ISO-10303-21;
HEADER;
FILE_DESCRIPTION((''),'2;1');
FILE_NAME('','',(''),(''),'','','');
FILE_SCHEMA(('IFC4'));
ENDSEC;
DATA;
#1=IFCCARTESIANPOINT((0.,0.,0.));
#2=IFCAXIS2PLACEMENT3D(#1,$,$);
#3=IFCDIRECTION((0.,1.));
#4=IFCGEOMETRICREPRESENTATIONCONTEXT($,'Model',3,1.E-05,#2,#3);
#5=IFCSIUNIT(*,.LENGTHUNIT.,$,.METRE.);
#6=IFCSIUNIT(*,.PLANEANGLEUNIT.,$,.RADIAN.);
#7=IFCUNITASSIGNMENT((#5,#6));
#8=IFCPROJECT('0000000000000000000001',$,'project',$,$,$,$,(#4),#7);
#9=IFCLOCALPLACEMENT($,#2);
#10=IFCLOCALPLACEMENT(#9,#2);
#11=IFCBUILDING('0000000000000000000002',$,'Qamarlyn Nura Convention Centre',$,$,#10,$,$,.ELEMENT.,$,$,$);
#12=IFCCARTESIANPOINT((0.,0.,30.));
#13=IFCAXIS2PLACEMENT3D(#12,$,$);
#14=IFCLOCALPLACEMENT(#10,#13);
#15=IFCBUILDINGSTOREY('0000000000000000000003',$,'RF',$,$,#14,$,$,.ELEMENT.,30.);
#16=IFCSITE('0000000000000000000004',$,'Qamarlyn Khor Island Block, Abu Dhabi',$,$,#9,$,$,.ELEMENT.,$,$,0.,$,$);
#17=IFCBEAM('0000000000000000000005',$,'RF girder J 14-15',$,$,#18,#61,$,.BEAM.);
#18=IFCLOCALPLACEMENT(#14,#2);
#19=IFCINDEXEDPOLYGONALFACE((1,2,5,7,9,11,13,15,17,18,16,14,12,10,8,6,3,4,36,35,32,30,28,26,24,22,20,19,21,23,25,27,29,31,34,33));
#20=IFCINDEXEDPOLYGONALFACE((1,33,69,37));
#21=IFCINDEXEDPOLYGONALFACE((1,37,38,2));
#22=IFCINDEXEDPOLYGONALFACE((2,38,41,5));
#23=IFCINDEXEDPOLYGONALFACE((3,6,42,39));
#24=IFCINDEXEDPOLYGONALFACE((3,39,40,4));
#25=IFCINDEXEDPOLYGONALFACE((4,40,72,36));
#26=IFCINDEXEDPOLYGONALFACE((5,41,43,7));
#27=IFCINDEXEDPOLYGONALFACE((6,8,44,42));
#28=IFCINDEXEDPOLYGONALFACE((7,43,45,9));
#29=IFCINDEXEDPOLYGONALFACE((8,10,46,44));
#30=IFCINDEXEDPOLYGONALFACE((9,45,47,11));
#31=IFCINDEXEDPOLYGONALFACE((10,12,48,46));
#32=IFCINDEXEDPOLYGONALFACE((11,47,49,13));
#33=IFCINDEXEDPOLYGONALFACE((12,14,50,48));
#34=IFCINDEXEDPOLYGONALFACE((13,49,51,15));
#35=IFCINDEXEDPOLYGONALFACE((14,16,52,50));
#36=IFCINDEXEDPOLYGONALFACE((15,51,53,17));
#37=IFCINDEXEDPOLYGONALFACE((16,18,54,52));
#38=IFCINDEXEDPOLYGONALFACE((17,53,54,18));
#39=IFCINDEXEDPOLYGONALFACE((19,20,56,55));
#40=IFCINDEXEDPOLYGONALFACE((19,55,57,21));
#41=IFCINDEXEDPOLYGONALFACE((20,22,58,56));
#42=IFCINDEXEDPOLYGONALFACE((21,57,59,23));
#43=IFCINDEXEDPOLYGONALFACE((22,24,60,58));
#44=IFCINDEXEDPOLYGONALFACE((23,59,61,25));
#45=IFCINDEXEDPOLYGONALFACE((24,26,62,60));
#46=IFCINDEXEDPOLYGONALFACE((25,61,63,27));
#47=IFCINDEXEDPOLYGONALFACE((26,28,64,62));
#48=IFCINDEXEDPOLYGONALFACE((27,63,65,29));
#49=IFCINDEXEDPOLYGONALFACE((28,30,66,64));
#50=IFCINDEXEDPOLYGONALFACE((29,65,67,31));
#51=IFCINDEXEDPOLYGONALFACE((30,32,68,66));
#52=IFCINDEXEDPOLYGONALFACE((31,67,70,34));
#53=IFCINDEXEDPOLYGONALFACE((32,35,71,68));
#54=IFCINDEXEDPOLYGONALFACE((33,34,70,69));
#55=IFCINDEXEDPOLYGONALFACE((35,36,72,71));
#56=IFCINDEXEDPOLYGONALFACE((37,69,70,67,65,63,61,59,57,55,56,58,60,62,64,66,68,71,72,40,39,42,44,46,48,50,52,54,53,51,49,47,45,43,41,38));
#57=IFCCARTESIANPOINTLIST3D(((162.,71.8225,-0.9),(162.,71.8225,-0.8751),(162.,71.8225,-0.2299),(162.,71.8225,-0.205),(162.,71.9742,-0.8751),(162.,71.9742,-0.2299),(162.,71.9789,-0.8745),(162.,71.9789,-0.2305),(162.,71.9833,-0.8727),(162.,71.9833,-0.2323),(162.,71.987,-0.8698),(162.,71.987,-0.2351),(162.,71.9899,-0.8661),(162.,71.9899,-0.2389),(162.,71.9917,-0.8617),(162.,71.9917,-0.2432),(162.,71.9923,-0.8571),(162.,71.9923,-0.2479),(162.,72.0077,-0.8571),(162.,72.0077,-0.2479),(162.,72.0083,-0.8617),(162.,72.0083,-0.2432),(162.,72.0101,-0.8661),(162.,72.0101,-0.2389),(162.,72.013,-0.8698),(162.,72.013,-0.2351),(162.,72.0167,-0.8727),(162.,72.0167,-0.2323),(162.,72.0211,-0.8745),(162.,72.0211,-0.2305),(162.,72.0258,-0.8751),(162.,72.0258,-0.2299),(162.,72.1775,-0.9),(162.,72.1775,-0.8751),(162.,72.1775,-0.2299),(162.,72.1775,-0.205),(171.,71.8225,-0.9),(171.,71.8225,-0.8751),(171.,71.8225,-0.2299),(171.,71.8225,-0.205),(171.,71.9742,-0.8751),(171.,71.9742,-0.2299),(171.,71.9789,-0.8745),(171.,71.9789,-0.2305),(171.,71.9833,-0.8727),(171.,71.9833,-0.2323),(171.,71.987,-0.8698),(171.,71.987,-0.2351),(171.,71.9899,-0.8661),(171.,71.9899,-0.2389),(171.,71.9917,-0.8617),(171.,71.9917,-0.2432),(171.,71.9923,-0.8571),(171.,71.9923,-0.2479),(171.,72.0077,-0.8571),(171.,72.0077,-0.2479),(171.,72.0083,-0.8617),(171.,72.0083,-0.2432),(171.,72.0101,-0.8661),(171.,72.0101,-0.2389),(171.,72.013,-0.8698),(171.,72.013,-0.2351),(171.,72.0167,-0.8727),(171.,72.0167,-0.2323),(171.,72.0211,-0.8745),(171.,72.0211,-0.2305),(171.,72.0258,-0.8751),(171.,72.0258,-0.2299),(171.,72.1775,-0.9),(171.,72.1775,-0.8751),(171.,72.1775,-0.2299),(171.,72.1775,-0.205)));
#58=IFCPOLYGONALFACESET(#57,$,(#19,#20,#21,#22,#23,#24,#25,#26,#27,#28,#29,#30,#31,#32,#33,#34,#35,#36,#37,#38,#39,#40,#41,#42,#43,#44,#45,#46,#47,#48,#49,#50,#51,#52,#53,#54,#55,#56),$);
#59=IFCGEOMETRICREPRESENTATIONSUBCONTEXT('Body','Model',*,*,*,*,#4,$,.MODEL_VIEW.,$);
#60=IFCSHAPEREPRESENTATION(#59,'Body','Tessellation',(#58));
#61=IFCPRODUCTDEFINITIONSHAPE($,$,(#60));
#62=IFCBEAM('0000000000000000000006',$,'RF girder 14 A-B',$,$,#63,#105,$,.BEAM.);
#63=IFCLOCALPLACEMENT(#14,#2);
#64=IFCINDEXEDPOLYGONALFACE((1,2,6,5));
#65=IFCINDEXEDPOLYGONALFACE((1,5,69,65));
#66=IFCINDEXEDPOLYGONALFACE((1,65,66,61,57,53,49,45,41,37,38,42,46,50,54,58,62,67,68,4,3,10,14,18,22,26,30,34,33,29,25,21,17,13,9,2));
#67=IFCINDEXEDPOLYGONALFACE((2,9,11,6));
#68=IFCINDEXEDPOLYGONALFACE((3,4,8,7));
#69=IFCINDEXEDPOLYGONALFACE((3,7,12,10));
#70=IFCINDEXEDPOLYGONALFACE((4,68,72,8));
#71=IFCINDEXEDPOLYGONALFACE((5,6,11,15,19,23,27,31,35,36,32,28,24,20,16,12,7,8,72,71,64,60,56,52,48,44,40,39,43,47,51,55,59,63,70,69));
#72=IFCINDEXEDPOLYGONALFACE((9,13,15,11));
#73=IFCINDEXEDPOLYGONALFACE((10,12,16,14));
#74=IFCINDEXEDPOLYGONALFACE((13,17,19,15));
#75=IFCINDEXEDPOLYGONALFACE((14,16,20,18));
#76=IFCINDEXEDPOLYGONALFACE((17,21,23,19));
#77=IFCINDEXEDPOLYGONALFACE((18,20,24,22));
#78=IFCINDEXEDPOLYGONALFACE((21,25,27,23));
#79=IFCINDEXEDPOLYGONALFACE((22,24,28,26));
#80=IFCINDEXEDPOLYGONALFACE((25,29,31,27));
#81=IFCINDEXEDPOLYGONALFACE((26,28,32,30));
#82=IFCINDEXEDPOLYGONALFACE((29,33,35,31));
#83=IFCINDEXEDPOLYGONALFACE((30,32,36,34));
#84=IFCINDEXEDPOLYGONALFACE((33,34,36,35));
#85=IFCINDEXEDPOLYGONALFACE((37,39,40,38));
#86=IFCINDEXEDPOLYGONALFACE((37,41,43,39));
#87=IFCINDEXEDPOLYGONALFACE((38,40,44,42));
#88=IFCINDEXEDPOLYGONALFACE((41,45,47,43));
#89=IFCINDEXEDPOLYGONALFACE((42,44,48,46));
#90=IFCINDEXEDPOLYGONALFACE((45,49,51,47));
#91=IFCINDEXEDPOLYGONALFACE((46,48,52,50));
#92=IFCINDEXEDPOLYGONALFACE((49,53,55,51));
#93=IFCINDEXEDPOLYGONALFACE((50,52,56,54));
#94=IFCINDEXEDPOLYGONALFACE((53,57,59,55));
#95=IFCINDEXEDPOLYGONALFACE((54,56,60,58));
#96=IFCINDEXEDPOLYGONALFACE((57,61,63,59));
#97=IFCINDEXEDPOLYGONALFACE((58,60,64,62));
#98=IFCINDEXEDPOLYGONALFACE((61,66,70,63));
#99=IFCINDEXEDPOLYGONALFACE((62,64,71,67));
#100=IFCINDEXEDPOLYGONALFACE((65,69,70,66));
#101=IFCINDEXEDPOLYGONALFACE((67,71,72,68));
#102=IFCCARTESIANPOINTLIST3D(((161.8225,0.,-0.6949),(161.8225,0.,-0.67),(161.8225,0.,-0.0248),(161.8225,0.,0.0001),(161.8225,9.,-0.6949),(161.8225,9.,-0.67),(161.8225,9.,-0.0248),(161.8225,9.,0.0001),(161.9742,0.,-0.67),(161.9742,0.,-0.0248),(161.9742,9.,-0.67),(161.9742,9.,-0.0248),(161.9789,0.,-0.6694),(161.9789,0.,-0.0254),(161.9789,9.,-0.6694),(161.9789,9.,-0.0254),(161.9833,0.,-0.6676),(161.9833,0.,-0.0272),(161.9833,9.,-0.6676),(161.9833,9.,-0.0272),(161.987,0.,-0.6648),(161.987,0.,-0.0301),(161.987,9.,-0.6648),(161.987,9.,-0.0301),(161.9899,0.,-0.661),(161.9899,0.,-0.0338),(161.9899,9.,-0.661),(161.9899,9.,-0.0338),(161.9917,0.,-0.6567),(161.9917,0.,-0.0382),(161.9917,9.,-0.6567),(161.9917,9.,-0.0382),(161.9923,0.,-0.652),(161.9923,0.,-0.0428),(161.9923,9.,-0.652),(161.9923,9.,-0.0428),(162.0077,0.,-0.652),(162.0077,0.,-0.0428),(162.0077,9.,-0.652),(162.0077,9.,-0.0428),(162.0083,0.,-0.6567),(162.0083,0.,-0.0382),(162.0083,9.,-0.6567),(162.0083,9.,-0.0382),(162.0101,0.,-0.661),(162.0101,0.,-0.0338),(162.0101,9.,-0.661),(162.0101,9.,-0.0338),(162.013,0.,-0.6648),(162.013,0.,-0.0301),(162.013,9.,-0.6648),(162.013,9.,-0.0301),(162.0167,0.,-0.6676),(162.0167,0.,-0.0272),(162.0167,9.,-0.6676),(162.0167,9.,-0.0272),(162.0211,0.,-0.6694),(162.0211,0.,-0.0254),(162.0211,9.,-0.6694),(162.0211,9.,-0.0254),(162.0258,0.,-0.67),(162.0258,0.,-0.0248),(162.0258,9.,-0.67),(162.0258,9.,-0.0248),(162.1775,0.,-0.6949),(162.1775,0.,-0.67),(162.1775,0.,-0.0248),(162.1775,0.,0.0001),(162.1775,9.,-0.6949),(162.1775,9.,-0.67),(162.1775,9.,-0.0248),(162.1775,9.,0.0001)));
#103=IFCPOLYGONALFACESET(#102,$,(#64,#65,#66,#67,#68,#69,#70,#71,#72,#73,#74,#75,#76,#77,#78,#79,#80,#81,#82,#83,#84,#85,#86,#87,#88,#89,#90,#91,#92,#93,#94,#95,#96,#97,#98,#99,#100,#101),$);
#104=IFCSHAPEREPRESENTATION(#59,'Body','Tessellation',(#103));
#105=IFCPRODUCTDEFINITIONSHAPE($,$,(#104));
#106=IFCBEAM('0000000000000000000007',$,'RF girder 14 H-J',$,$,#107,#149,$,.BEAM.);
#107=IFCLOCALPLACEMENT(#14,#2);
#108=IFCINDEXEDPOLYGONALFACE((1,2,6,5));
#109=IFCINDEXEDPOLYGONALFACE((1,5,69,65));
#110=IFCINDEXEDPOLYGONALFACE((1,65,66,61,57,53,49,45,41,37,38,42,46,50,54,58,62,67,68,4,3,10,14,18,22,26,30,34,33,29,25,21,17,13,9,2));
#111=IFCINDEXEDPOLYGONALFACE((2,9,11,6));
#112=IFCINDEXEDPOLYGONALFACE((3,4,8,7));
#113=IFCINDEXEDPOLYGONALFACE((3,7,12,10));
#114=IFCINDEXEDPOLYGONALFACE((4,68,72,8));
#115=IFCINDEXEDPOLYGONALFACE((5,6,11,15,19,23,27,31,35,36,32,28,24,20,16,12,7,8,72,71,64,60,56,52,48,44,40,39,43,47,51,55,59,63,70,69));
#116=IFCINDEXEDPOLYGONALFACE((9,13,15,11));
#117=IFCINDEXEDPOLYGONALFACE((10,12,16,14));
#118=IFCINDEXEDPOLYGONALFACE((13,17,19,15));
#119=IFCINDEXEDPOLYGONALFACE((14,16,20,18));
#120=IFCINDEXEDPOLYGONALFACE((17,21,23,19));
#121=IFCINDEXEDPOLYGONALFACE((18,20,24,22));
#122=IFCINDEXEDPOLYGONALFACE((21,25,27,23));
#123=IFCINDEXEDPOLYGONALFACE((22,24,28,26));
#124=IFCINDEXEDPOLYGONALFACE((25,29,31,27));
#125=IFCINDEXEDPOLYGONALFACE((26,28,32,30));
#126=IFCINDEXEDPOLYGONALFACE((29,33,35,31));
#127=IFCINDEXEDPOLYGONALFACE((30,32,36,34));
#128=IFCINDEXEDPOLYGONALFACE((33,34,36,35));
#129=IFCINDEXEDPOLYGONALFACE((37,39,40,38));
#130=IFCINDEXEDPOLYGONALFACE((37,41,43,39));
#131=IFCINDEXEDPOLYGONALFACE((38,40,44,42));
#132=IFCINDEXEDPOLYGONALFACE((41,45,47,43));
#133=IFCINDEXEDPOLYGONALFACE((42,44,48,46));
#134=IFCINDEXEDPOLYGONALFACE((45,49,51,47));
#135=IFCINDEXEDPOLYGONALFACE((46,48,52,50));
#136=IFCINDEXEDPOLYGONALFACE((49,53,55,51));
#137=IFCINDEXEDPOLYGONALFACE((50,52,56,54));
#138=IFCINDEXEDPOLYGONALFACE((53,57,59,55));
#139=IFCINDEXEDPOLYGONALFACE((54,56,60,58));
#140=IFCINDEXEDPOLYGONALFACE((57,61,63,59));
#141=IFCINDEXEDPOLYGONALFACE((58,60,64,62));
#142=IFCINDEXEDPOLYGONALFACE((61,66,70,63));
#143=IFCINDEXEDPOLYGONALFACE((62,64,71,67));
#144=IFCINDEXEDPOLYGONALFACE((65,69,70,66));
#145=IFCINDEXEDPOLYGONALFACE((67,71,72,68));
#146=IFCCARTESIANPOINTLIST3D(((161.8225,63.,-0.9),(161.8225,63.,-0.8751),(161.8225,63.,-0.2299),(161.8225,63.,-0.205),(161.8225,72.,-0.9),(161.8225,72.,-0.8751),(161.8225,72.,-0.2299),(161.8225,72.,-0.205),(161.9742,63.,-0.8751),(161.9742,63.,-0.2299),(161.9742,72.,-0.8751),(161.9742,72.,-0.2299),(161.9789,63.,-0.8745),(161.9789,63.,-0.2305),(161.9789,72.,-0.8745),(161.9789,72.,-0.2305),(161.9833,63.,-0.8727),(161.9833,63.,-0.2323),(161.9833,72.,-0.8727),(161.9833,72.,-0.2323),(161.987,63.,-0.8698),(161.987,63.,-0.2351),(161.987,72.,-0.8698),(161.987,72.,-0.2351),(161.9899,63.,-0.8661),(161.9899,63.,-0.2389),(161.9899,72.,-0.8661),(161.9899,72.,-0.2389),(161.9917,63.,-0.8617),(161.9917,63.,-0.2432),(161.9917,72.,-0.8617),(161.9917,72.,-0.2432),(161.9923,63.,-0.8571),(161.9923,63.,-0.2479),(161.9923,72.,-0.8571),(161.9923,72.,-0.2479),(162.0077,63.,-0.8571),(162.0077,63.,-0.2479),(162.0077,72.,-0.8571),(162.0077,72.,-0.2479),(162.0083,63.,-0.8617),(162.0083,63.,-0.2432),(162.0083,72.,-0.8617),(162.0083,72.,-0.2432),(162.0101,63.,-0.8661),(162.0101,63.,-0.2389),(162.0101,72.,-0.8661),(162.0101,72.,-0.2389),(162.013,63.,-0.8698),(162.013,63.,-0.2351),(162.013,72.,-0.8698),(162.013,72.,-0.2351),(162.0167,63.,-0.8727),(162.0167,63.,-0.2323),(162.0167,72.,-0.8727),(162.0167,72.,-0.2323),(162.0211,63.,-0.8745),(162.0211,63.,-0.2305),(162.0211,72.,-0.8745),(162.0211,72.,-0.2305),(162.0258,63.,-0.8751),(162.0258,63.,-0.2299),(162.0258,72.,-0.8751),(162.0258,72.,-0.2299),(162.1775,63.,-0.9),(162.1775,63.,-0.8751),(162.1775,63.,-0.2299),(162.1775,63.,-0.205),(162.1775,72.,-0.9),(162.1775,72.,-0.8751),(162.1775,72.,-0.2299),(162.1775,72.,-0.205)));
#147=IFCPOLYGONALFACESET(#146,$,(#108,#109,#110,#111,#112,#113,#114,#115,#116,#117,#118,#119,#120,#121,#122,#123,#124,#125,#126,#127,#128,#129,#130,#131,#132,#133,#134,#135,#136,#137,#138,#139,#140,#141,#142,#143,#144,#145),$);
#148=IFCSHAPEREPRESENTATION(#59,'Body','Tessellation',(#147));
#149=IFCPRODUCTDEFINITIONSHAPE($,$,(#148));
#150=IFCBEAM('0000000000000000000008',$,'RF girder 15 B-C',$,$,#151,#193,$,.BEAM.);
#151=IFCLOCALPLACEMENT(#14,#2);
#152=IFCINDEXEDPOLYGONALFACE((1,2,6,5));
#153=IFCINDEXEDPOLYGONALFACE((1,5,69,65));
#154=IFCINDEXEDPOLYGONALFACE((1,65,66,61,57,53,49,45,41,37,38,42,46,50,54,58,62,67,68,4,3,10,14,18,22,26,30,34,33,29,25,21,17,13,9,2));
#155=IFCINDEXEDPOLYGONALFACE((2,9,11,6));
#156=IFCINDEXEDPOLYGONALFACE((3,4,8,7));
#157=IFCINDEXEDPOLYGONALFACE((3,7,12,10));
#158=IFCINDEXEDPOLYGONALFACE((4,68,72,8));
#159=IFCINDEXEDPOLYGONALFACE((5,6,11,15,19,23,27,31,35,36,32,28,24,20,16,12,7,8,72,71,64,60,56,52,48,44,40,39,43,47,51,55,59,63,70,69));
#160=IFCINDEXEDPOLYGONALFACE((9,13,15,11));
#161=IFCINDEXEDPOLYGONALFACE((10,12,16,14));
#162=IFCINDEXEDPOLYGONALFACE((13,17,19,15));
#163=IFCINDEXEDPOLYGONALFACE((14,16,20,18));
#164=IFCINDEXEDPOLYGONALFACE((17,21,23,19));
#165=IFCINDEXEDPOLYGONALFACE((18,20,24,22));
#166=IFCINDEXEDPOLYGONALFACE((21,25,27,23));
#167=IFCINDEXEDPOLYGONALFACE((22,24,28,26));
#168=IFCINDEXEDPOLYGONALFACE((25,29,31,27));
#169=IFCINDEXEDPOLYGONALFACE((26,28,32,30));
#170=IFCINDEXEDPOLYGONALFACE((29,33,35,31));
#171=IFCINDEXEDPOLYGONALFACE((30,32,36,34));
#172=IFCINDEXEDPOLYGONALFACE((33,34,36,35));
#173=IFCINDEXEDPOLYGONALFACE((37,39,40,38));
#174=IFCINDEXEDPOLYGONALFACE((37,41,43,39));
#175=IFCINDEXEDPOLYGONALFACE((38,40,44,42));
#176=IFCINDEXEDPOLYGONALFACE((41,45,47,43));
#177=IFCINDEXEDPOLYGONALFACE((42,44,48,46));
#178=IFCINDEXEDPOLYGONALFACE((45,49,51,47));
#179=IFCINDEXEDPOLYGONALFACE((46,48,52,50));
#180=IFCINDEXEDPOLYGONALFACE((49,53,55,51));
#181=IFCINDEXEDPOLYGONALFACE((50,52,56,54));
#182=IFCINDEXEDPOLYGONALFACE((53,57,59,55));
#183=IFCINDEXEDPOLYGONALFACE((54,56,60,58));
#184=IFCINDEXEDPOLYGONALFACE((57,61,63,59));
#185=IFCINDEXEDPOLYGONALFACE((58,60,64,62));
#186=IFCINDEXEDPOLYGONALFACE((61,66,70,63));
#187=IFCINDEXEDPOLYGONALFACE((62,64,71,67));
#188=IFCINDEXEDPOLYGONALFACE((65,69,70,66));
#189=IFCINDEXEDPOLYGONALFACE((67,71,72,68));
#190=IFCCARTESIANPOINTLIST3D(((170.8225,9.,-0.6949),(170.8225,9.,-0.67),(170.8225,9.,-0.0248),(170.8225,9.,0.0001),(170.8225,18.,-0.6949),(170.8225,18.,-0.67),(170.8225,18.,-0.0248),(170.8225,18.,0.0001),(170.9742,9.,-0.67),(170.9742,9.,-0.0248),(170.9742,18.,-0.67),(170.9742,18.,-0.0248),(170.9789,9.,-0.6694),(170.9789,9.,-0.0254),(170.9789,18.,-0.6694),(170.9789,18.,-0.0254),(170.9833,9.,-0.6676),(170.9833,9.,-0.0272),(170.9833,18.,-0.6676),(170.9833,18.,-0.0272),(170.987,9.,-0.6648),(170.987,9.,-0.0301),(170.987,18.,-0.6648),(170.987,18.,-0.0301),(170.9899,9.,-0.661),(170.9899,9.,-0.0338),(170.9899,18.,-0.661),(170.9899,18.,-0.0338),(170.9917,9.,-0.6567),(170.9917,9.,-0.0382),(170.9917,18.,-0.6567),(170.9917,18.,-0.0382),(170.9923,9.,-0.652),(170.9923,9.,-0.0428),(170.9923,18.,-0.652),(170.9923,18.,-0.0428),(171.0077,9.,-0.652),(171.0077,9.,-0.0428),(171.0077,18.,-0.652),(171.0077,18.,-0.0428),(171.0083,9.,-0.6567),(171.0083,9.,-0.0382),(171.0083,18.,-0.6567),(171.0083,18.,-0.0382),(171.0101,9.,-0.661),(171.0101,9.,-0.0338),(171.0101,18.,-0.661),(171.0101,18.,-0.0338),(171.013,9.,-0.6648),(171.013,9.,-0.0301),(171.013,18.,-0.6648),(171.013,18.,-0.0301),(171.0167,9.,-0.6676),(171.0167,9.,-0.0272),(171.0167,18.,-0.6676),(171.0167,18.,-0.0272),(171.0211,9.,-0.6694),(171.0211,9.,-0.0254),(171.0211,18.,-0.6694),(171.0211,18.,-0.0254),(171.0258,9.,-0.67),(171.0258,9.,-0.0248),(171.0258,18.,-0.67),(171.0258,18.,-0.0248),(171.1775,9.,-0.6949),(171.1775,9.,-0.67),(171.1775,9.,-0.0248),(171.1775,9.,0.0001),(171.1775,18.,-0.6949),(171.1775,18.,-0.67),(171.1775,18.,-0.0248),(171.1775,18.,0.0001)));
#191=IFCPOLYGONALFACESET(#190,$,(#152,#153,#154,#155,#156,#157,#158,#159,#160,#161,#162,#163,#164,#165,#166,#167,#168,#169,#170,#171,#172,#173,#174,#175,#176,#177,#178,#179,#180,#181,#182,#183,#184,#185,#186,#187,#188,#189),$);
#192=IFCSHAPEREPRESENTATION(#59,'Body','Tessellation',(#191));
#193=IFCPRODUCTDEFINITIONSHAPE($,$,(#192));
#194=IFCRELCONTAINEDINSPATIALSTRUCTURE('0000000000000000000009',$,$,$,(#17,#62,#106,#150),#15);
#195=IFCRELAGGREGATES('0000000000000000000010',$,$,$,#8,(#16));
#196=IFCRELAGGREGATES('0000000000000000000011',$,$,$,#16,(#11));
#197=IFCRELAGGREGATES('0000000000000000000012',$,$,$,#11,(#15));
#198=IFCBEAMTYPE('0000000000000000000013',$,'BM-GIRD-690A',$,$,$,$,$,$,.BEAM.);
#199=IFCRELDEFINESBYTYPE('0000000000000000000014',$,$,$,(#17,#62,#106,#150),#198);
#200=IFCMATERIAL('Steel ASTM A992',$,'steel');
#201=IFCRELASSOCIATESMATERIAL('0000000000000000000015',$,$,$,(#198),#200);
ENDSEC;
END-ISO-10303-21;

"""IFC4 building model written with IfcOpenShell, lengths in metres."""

from ifc_helpers import new_model, si_unit, direction, frame, origin, origin_2d, place, context, subcontext, project, spatial, i_section, extrude, material, material_profile, profile_set, type_object, element, save


model = new_model("IFC4")

# Units and contexts
model_context = context("Model", 3, precision=1e-05, world=origin(), true_north=direction((0.0, 1.0)))
body_context = subcontext(model_context, "Body", "Model", "MODEL_VIEW")
ifc_project = project(units=[si_unit("LENGTHUNIT", "METRE"), si_unit("PLANEANGLEUNIT", "RADIAN")], contexts=[model_context])

# Site, building, storey
site_placement = place(None, origin())
site = spatial("IfcSite", under=ifc_project, at=site_placement, Name="Qamarlyn Khor Island Block, Abu Dhabi", CompositionType="ELEMENT", RefElevation=0.0)
building_placement = place(site_placement, origin())
building = spatial("IfcBuilding", under=site, at=building_placement, Name="Qamarlyn Nura Convention Centre", CompositionType="ELEMENT")
storey_placement = place(building_placement, frame((0.0, 0.0, 30.0)))
storey = spatial("IfcBuildingStorey", under=building, at=storey_placement, Name="RF", CompositionType="ELEMENT", Elevation=30.0)

# Beams
ifc_material_1 = material(Name="Steel ASTM A992", Category="steel")
ifc_material_profile_1 = material_profile(ifc_material_1, i_section(OverallWidth=0.355, OverallDepth=0.6951, WebThickness=0.0154, FlangeThickness=0.0249, FilletRadius=0.0181, at=origin_2d()), Name="W690X217")
ifc_profile_set_1 = profile_set([ifc_material_profile_1], Name="Steel ASTM A992")
beam_type_1 = type_object("IfcBeamType", Name="BM-GIRD-690A", PredefinedType="BEAM", material=ifc_profile_set_1)
for number, where, z_axis, x_axis, name in (
    (1, (162.0, 72.0, -0.5525), (1.0, 0.0, 0.0), (0.0, 1.0, 0.0), "RF girder J 14-15"),
    (2, (162.0, 0.0, -0.3474), (0.0, 1.0, 0.0), (-1.0, 0.0, 0.0), "RF girder 14 A-B"),
    (3, (162.0, 63.0, -0.5525), (0.0, 1.0, 0.0), (-1.0, 0.0, 0.0), "RF girder 14 H-J"),
    (4, (171.0, 9.0, -0.3474), (0.0, 1.0, 0.0), (-1.0, 0.0, 0.0), "RF girder 15 B-C"),
):
    element("IfcBeam", number, at=place(storey_placement, frame(where, z_axis=z_axis, x_axis=x_axis)), inside=storey, type_object=beam_type_1, Name=name, PredefinedType="BEAM", context=body_context, shape_type="SweptSolid", body=[
        extrude(i_section(OverallWidth=0.355, OverallDepth=0.6951, WebThickness=0.0154, FlangeThickness=0.0249, FilletRadius=0.0181, at=origin_2d()), origin(), (0.0, 0.0, 1.0), 9.0),
    ])

save(model, "model.ifc")
